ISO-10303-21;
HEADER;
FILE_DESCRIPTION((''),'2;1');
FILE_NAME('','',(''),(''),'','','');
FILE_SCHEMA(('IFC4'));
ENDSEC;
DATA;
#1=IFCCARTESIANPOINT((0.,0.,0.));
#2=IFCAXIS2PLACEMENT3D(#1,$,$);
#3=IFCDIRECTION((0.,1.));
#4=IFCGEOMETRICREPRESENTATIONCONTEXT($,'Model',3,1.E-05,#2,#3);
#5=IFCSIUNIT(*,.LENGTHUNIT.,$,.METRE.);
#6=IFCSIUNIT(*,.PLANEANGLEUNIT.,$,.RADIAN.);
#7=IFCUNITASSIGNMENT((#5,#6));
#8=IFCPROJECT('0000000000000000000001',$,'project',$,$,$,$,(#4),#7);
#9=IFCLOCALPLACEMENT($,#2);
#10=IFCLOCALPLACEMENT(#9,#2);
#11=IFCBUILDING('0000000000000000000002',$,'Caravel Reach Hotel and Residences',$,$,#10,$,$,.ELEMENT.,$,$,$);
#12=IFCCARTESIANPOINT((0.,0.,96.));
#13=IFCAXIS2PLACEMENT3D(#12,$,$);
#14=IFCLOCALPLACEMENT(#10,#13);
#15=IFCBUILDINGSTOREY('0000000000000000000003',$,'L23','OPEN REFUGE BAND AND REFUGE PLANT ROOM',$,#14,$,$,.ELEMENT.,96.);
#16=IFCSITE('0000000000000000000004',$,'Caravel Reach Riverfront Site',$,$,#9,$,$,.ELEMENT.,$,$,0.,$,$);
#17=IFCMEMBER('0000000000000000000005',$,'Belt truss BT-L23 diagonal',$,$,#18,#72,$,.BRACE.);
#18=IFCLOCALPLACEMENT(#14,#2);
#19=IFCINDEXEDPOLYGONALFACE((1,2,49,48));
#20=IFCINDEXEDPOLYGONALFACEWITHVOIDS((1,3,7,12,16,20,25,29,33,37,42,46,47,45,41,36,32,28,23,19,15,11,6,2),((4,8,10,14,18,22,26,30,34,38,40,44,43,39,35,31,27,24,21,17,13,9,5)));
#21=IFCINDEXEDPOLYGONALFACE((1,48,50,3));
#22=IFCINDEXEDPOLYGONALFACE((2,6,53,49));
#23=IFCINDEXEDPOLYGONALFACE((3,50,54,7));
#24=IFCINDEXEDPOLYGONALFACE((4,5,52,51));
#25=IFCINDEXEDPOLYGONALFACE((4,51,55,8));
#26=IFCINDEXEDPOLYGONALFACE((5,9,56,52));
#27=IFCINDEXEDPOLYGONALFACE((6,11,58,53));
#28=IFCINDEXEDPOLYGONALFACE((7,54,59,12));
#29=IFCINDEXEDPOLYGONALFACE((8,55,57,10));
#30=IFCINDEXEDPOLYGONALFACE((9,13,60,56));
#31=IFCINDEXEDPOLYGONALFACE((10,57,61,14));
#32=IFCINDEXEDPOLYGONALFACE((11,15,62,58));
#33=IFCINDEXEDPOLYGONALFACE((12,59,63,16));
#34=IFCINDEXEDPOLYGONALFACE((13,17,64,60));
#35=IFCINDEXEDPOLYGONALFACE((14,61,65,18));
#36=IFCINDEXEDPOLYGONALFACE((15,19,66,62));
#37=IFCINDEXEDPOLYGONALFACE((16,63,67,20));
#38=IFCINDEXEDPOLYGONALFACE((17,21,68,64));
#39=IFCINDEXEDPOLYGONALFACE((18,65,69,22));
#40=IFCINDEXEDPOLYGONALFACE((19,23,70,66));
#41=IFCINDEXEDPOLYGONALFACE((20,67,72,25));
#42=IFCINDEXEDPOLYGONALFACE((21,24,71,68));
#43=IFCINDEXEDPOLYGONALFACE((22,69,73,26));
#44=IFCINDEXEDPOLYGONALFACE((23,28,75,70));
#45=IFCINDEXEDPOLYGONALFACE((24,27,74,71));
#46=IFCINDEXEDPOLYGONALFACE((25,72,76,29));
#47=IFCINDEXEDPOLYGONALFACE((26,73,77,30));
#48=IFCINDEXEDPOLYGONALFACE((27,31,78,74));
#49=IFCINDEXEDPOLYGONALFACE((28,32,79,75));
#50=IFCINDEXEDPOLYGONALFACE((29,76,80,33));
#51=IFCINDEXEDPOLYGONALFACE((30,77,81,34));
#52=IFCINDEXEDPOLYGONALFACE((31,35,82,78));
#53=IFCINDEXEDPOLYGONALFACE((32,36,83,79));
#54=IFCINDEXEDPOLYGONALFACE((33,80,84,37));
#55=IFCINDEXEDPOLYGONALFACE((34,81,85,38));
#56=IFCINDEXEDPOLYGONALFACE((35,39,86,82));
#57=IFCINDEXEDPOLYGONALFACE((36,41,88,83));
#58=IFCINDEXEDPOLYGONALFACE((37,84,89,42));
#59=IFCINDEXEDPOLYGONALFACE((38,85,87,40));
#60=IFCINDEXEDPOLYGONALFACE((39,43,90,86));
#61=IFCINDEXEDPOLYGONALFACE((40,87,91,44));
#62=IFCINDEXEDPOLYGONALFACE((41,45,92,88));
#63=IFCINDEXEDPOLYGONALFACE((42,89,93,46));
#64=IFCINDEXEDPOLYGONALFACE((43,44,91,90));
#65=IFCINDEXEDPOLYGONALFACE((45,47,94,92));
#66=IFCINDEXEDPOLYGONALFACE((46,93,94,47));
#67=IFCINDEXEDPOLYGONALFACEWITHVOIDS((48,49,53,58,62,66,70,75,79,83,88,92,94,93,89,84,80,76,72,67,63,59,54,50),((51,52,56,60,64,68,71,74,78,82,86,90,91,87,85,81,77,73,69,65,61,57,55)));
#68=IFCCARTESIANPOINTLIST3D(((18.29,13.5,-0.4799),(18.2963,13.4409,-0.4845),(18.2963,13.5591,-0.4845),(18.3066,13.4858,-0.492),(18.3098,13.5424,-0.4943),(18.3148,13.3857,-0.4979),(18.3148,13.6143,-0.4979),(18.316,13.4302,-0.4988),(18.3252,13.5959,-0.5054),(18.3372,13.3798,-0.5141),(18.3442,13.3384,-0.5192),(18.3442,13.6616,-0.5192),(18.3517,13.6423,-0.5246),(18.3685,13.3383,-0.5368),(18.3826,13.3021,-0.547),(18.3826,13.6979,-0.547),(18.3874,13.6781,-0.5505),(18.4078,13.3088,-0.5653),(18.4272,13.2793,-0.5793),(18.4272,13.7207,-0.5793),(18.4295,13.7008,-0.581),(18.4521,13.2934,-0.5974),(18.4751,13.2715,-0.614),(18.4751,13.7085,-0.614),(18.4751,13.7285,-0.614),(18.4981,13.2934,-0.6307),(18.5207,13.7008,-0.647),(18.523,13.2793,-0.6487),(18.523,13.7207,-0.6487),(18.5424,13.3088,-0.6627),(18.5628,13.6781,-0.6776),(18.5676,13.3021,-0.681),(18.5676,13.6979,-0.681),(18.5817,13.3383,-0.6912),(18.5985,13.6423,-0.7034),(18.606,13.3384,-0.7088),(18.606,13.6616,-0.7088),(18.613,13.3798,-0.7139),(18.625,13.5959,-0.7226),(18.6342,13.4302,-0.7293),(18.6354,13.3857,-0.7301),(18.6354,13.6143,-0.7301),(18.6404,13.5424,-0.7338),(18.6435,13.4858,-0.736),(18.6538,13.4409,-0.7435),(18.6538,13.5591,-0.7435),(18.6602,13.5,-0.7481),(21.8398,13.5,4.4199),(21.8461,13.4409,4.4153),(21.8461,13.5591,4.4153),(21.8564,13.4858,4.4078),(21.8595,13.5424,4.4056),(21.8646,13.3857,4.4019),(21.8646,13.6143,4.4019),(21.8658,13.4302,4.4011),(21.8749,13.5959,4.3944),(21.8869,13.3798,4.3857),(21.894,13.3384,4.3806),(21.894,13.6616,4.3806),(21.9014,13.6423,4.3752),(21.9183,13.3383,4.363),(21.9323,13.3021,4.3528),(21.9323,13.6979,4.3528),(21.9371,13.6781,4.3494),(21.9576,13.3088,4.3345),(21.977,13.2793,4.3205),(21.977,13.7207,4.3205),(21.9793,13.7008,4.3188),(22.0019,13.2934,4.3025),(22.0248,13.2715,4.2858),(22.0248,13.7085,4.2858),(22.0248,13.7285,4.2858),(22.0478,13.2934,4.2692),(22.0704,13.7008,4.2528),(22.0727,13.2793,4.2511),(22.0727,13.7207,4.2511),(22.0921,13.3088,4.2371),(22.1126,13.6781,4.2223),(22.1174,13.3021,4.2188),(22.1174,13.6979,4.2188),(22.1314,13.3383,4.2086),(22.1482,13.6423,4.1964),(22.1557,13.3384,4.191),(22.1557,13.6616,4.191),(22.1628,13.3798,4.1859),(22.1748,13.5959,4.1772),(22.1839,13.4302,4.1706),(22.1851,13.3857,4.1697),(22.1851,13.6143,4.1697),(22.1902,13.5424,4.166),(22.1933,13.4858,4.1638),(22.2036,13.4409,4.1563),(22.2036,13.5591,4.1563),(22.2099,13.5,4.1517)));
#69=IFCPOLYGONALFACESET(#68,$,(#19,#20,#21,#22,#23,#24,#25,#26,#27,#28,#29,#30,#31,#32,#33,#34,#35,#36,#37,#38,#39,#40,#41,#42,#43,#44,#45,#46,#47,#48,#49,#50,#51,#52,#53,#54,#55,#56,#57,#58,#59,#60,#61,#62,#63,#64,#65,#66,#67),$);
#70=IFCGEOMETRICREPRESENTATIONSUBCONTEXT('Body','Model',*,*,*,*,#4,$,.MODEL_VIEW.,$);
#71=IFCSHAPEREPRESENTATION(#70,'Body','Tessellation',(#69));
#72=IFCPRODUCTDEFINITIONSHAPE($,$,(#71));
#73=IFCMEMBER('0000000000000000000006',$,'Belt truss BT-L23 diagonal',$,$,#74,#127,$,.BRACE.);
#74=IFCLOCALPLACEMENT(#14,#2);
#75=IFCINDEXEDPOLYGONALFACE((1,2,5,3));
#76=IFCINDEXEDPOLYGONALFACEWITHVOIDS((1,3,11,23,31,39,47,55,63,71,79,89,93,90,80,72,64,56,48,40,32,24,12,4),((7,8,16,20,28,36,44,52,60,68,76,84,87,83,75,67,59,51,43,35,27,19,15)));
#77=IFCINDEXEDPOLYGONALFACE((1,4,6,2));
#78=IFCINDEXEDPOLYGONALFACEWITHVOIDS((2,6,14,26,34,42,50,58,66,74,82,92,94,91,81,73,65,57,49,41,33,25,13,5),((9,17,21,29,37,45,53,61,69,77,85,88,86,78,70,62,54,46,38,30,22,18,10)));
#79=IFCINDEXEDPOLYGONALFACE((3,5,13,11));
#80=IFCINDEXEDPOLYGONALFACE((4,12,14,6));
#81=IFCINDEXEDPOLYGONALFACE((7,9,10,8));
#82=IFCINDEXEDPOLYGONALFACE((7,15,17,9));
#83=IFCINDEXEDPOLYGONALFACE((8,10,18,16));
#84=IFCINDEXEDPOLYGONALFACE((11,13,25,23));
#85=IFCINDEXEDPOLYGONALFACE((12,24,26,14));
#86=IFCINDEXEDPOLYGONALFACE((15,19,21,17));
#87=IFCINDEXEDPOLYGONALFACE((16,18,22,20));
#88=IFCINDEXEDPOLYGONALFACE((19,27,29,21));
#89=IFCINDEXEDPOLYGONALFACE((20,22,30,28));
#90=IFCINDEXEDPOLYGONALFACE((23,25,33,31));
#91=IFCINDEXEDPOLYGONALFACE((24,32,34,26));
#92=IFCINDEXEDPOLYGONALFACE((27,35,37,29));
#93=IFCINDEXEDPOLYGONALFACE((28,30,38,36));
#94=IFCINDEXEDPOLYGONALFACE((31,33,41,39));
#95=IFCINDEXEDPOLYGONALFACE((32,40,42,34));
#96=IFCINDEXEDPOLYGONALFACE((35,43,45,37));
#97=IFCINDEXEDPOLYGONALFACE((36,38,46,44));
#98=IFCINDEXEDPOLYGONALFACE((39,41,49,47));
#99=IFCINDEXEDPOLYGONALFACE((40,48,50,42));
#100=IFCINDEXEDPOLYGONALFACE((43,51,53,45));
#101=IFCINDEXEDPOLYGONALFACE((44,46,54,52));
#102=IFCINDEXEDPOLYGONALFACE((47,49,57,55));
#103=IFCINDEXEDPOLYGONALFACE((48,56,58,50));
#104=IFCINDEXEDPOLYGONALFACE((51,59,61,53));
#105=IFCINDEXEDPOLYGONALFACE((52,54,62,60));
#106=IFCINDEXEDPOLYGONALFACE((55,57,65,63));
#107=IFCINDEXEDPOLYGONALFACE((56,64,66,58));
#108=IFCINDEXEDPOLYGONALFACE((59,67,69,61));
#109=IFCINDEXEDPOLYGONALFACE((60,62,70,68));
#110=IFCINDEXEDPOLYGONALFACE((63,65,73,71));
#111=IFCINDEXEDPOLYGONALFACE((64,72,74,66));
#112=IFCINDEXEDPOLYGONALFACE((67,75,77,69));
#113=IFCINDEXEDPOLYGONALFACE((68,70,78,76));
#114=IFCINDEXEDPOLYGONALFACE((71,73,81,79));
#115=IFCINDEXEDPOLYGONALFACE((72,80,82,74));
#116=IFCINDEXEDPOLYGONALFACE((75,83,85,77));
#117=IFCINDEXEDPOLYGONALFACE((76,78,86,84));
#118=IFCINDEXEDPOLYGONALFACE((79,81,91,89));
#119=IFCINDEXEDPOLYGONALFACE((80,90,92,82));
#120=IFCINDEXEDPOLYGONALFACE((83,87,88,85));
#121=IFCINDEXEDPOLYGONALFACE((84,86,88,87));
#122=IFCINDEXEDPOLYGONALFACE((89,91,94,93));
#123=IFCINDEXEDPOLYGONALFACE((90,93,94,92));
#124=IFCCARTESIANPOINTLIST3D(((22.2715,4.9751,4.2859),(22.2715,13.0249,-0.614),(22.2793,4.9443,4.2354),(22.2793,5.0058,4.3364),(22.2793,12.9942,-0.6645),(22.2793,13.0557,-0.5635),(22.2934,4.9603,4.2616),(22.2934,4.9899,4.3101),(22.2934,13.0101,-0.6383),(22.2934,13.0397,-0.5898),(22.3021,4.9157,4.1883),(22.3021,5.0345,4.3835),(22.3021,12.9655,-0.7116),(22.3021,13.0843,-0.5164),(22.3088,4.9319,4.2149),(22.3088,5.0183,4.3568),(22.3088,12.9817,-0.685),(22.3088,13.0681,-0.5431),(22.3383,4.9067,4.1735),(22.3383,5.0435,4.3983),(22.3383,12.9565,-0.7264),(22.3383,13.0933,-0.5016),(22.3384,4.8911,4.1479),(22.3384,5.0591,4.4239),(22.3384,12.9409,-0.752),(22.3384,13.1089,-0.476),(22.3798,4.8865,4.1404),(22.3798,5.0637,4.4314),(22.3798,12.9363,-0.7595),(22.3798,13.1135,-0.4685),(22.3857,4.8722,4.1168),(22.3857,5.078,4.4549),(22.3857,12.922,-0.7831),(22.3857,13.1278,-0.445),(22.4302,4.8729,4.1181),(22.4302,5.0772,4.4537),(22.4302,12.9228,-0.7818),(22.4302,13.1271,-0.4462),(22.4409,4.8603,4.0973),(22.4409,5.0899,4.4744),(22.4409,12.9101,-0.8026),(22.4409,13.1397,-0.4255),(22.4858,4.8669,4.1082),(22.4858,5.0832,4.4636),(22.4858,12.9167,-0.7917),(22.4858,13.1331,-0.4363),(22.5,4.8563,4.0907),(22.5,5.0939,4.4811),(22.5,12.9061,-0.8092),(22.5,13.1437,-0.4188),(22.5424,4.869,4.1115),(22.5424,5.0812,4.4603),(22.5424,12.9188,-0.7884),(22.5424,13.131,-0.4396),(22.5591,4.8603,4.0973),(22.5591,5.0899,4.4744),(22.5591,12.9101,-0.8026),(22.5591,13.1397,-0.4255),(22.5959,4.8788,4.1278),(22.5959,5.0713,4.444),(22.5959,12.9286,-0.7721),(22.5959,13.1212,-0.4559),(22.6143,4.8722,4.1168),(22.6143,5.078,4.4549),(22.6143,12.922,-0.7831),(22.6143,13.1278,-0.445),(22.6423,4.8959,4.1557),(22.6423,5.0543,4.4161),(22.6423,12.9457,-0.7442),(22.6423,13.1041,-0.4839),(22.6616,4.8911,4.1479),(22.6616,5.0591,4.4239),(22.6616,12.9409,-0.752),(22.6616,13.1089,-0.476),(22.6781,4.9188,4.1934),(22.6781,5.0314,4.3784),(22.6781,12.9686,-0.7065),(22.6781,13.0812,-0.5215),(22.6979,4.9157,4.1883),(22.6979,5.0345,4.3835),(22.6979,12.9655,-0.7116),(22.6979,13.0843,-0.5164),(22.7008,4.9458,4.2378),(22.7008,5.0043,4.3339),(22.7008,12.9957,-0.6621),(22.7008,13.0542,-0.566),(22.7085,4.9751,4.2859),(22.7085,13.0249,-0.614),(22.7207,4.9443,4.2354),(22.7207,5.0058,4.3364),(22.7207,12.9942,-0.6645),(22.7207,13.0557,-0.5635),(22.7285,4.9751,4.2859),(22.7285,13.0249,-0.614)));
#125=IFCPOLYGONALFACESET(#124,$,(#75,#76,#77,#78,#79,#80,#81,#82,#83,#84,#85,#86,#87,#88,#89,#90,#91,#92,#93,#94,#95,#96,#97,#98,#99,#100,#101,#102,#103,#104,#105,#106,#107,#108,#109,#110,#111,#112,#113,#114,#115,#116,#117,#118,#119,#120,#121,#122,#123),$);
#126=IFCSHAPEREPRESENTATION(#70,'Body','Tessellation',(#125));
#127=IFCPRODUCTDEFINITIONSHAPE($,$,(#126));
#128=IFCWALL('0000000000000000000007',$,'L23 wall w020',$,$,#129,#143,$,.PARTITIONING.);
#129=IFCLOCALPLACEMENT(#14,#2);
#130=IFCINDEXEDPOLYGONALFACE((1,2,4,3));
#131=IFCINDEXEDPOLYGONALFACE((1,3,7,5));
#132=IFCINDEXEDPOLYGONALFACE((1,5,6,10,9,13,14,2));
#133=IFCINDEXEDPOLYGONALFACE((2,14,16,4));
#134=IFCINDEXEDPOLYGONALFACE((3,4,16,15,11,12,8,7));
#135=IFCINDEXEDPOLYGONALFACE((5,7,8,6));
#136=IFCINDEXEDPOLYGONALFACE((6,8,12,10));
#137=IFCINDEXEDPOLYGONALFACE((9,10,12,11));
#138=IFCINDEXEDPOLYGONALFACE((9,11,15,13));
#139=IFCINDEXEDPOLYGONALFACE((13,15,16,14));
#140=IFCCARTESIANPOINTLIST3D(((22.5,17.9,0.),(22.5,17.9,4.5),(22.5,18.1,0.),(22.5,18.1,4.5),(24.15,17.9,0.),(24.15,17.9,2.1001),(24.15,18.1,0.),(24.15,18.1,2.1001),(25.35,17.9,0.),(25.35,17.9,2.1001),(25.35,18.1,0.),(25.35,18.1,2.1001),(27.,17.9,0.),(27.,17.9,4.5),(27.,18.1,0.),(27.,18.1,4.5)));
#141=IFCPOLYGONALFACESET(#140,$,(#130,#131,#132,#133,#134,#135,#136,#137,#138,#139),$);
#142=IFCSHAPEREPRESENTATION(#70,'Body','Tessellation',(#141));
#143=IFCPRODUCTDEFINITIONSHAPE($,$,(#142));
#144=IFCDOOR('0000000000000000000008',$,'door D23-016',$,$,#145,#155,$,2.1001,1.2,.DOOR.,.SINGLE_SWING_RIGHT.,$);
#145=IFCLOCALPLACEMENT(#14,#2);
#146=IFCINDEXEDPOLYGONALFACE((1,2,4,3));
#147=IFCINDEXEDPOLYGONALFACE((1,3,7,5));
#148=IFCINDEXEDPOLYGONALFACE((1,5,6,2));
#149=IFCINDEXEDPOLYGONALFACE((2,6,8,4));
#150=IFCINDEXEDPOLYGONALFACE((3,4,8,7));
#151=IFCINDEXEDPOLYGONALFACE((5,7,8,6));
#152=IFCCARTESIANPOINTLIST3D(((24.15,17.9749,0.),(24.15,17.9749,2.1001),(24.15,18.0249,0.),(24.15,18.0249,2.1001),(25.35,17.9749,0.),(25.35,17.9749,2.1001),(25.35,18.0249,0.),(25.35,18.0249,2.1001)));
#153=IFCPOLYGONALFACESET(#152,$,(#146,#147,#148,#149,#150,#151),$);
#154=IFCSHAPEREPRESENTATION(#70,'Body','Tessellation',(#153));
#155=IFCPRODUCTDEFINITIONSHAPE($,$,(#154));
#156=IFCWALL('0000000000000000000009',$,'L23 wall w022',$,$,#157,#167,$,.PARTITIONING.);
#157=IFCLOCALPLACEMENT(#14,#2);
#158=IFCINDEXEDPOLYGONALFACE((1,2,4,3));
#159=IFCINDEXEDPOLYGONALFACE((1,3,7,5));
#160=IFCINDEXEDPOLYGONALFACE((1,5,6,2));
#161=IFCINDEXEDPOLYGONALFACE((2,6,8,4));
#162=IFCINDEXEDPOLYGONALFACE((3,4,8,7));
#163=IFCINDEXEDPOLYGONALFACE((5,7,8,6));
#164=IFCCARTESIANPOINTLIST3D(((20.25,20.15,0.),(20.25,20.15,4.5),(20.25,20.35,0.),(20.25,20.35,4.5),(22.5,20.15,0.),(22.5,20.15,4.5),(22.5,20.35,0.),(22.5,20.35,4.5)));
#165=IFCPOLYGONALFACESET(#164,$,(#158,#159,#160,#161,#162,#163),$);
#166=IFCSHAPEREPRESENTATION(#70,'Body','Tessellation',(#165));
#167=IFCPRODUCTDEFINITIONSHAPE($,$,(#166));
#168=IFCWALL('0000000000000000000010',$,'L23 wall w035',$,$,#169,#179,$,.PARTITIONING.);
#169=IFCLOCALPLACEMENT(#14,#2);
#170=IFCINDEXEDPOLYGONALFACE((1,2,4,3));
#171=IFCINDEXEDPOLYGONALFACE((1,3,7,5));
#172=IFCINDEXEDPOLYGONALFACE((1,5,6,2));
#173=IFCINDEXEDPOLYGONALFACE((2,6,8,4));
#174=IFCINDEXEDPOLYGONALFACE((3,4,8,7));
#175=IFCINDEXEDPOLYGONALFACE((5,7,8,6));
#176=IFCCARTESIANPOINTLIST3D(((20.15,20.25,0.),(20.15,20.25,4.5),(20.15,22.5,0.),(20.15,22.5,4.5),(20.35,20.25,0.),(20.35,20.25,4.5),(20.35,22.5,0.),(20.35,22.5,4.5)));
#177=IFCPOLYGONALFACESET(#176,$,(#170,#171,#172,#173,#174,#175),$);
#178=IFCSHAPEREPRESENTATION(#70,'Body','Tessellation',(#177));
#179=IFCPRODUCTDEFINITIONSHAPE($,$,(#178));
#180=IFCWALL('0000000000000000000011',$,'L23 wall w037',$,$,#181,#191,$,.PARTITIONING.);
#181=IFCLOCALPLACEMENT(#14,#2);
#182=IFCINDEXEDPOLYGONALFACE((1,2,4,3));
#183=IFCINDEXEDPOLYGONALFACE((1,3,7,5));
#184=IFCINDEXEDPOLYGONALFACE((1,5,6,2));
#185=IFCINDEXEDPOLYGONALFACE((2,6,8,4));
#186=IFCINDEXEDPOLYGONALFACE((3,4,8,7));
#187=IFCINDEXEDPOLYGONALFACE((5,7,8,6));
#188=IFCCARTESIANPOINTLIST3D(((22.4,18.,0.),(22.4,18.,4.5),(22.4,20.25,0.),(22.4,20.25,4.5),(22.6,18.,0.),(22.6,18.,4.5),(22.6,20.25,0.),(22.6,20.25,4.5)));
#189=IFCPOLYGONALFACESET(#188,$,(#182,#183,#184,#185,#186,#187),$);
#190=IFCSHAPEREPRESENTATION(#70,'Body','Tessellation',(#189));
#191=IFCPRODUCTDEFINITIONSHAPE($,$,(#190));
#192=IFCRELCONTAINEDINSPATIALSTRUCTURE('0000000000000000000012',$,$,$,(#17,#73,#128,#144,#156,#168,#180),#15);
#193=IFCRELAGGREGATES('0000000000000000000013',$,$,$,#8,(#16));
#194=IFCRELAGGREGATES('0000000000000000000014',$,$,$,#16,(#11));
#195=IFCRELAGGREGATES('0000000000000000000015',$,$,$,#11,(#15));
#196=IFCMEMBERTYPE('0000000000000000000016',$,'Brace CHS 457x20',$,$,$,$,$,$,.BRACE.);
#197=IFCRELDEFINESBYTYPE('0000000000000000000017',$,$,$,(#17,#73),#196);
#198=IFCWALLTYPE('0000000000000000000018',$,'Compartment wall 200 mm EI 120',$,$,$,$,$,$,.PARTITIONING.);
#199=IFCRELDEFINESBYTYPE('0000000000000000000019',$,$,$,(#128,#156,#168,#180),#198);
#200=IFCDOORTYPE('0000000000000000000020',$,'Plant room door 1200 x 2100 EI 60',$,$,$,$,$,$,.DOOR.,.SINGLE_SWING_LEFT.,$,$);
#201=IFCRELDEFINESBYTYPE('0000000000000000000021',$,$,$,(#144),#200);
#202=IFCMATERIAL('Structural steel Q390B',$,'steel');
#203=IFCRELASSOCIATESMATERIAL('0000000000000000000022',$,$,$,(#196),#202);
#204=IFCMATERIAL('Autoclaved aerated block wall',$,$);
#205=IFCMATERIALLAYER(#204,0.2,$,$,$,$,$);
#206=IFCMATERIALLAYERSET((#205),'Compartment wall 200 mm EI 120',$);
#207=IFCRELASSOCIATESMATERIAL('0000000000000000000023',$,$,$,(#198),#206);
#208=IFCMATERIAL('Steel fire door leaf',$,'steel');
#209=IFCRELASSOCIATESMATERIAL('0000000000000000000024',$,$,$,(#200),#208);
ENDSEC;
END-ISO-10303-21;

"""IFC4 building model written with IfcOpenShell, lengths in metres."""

from ifc_helpers import new_model, si_unit, direction, frame, frame_2d, origin, origin_2d, place, context, subcontext, project, spatial, rectangle, hollow_circle, extrude, material, layer, layer_set, material_profile, profile_set, type_object, element, fill, save


model = new_model("IFC4")

# Units and contexts
model_context = context("Model", 3, precision=1e-05, world=origin(), true_north=direction((0.0, 1.0)))
body_context = subcontext(model_context, "Body", "Model", "MODEL_VIEW")
ifc_project = project(units=[si_unit("LENGTHUNIT", "METRE"), si_unit("PLANEANGLEUNIT", "RADIAN")], contexts=[model_context])

# Site, building, storey
site_placement = place(None, origin())
site = spatial("IfcSite", under=ifc_project, at=site_placement, Name="Caravel Reach Riverfront Site", CompositionType="ELEMENT", RefElevation=0.0)
building_placement = place(site_placement, origin())
building = spatial("IfcBuilding", under=site, at=building_placement, Name="Caravel Reach Hotel and Residences", CompositionType="ELEMENT")
storey_placement = place(building_placement, frame((0.0, 0.0, 96.0)))
storey = spatial("IfcBuildingStorey", under=building, at=storey_placement, Name="L23", Description="OPEN REFUGE BAND AND REFUGE PLANT ROOM", CompositionType="ELEMENT", Elevation=96.0)

# Members
ifc_material_1 = material(Name="Structural steel Q390B", Category="steel")
ifc_material_profile_1 = material_profile(ifc_material_1, hollow_circle(Radius=0.2285, WallThickness=0.02, at=origin_2d()), Name="CHS 457x20")
ifc_profile_set_1 = profile_set([ifc_material_profile_1], Name="Structural steel Q390B")
member_type = type_object("IfcMemberType", Name="Brace CHS 457x20", PredefinedType="BRACE", material=ifc_profile_set_1)
member_1_placement = place(storey_placement, frame((18.4751, 13.5, -0.614), z_axis=(0.586683, 0.0, 0.809817), x_axis=(0.0, 1.0, 0.0)))
element("IfcMember", 1, at=member_1_placement, inside=storey, type_object=member_type, Name="Belt truss BT-L23 diagonal", PredefinedType="BRACE", context=body_context, shape_type="SweptSolid", body=[
    extrude(hollow_circle(Radius=0.2285, WallThickness=0.02, at=origin_2d()), origin(), (0.0, 0.0, 1.0), 6.0505),
])
member_2_placement = place(storey_placement, frame((22.5, 13.0249, -0.614), z_axis=(0.0, -0.854198, 0.519949), x_axis=(1.0, 0.0, 0.0)))
element("IfcMember", 2, at=member_2_placement, inside=storey, type_object=member_type, Name="Belt truss BT-L23 diagonal", PredefinedType="BRACE", context=body_context, shape_type="SweptSolid", body=[
    extrude(hollow_circle(Radius=0.2285, WallThickness=0.02, at=origin_2d()), origin(), (0.0, 0.0, 1.0), 9.4238),
])

# Wall, opening, door
ifc_material_2 = material(Name="Autoclaved aerated block wall")
ifc_layer_1 = layer(ifc_material_2, 0.2)
ifc_layer_set_1 = layer_set([ifc_layer_1], Name="Compartment wall 200 mm EI 120")
wall_type_1 = type_object("IfcWallType", Name="Compartment wall 200 mm EI 120", PredefinedType="PARTITIONING", material=ifc_layer_set_1)
wall_1_placement = place(storey_placement, frame((22.5, 18.0, 0.0), z_axis=(0.0, 0.0, 1.0), x_axis=(1.0, 0.0, 0.0)))
wall_1 = element("IfcWall", 3, at=wall_1_placement, inside=storey, type_object=wall_type_1, Name="L23 wall w020", PredefinedType="PARTITIONING", context=body_context, shape_type="SweptSolid", body=[
    extrude(rectangle(XDim=4.5, YDim=0.2, at=frame_2d((2.25, 0.0))), origin(), (0.0, 0.0, 1.0), 4.5),
])
opening_1_placement = place(wall_1_placement, frame((1.6499, 0.0, 0.0)))
opening_1 = element("IfcOpeningElement", 4, at=opening_1_placement, cuts=wall_1, PredefinedType="OPENING", context=body_context, shape_type="SweptSolid", body=[
    extrude(rectangle(XDim=1.2, YDim=2.1001, at=frame_2d((0.6001, 1.05))), frame((0.0, 0.1099, 0.0), z_axis=(0.0, -1.0, 0.0), x_axis=(1.0, 0.0, 0.0)), (0.0, 0.0, 1.0), 0.22),
])
ifc_material_3 = material(Name="Steel fire door leaf", Category="steel")
door_type_1 = type_object("IfcDoorType", Name="Plant room door 1200 x 2100 EI 60", OperationType="SINGLE_SWING_LEFT", PredefinedType="DOOR", material=ifc_material_3)
door_1_placement = place(opening_1_placement, origin())
door_1 = element("IfcDoor", 5, at=door_1_placement, inside=storey, type_object=door_type_1, Name="door D23-016", OperationType="SINGLE_SWING_RIGHT", OverallHeight=2.1001, OverallWidth=1.2, PredefinedType="DOOR", context=body_context, shape_type="SweptSolid", body=[
    extrude(rectangle(XDim=1.2, YDim=2.1001, at=frame_2d((0.6001, 1.05))), frame((0.0, 0.0249, 0.0), z_axis=(0.0, -1.0, 0.0), x_axis=(1.0, 0.0, 0.0)), (0.0, 0.0, 1.0), 0.05),
])
fill(opening_1, door_1)

# Walls
for number, where, z_axis, x_axis, name in (
    (6, (20.25, 20.25, 0.0), (0.0, 0.0, 1.0), (1.0, 0.0, 0.0), "L23 wall w022"),
    (7, (20.25, 20.25, 0.0), (0.0, 0.0, 1.0), (0.0, 1.0, 0.0), "L23 wall w035"),
    (8, (22.5, 18.0, 0.0), (0.0, 0.0, 1.0), (0.0, 1.0, 0.0), "L23 wall w037"),
):
    element("IfcWall", number, at=place(storey_placement, frame(where, z_axis=z_axis, x_axis=x_axis)), inside=storey, type_object=wall_type_1, Name=name, PredefinedType="PARTITIONING", context=body_context, shape_type="SweptSolid", body=[
        extrude(rectangle(XDim=2.25, YDim=0.2, at=frame_2d((1.125, 0.0))), origin(), (0.0, 0.0, 1.0), 4.5),
    ])

save(model, "model.ifc")
